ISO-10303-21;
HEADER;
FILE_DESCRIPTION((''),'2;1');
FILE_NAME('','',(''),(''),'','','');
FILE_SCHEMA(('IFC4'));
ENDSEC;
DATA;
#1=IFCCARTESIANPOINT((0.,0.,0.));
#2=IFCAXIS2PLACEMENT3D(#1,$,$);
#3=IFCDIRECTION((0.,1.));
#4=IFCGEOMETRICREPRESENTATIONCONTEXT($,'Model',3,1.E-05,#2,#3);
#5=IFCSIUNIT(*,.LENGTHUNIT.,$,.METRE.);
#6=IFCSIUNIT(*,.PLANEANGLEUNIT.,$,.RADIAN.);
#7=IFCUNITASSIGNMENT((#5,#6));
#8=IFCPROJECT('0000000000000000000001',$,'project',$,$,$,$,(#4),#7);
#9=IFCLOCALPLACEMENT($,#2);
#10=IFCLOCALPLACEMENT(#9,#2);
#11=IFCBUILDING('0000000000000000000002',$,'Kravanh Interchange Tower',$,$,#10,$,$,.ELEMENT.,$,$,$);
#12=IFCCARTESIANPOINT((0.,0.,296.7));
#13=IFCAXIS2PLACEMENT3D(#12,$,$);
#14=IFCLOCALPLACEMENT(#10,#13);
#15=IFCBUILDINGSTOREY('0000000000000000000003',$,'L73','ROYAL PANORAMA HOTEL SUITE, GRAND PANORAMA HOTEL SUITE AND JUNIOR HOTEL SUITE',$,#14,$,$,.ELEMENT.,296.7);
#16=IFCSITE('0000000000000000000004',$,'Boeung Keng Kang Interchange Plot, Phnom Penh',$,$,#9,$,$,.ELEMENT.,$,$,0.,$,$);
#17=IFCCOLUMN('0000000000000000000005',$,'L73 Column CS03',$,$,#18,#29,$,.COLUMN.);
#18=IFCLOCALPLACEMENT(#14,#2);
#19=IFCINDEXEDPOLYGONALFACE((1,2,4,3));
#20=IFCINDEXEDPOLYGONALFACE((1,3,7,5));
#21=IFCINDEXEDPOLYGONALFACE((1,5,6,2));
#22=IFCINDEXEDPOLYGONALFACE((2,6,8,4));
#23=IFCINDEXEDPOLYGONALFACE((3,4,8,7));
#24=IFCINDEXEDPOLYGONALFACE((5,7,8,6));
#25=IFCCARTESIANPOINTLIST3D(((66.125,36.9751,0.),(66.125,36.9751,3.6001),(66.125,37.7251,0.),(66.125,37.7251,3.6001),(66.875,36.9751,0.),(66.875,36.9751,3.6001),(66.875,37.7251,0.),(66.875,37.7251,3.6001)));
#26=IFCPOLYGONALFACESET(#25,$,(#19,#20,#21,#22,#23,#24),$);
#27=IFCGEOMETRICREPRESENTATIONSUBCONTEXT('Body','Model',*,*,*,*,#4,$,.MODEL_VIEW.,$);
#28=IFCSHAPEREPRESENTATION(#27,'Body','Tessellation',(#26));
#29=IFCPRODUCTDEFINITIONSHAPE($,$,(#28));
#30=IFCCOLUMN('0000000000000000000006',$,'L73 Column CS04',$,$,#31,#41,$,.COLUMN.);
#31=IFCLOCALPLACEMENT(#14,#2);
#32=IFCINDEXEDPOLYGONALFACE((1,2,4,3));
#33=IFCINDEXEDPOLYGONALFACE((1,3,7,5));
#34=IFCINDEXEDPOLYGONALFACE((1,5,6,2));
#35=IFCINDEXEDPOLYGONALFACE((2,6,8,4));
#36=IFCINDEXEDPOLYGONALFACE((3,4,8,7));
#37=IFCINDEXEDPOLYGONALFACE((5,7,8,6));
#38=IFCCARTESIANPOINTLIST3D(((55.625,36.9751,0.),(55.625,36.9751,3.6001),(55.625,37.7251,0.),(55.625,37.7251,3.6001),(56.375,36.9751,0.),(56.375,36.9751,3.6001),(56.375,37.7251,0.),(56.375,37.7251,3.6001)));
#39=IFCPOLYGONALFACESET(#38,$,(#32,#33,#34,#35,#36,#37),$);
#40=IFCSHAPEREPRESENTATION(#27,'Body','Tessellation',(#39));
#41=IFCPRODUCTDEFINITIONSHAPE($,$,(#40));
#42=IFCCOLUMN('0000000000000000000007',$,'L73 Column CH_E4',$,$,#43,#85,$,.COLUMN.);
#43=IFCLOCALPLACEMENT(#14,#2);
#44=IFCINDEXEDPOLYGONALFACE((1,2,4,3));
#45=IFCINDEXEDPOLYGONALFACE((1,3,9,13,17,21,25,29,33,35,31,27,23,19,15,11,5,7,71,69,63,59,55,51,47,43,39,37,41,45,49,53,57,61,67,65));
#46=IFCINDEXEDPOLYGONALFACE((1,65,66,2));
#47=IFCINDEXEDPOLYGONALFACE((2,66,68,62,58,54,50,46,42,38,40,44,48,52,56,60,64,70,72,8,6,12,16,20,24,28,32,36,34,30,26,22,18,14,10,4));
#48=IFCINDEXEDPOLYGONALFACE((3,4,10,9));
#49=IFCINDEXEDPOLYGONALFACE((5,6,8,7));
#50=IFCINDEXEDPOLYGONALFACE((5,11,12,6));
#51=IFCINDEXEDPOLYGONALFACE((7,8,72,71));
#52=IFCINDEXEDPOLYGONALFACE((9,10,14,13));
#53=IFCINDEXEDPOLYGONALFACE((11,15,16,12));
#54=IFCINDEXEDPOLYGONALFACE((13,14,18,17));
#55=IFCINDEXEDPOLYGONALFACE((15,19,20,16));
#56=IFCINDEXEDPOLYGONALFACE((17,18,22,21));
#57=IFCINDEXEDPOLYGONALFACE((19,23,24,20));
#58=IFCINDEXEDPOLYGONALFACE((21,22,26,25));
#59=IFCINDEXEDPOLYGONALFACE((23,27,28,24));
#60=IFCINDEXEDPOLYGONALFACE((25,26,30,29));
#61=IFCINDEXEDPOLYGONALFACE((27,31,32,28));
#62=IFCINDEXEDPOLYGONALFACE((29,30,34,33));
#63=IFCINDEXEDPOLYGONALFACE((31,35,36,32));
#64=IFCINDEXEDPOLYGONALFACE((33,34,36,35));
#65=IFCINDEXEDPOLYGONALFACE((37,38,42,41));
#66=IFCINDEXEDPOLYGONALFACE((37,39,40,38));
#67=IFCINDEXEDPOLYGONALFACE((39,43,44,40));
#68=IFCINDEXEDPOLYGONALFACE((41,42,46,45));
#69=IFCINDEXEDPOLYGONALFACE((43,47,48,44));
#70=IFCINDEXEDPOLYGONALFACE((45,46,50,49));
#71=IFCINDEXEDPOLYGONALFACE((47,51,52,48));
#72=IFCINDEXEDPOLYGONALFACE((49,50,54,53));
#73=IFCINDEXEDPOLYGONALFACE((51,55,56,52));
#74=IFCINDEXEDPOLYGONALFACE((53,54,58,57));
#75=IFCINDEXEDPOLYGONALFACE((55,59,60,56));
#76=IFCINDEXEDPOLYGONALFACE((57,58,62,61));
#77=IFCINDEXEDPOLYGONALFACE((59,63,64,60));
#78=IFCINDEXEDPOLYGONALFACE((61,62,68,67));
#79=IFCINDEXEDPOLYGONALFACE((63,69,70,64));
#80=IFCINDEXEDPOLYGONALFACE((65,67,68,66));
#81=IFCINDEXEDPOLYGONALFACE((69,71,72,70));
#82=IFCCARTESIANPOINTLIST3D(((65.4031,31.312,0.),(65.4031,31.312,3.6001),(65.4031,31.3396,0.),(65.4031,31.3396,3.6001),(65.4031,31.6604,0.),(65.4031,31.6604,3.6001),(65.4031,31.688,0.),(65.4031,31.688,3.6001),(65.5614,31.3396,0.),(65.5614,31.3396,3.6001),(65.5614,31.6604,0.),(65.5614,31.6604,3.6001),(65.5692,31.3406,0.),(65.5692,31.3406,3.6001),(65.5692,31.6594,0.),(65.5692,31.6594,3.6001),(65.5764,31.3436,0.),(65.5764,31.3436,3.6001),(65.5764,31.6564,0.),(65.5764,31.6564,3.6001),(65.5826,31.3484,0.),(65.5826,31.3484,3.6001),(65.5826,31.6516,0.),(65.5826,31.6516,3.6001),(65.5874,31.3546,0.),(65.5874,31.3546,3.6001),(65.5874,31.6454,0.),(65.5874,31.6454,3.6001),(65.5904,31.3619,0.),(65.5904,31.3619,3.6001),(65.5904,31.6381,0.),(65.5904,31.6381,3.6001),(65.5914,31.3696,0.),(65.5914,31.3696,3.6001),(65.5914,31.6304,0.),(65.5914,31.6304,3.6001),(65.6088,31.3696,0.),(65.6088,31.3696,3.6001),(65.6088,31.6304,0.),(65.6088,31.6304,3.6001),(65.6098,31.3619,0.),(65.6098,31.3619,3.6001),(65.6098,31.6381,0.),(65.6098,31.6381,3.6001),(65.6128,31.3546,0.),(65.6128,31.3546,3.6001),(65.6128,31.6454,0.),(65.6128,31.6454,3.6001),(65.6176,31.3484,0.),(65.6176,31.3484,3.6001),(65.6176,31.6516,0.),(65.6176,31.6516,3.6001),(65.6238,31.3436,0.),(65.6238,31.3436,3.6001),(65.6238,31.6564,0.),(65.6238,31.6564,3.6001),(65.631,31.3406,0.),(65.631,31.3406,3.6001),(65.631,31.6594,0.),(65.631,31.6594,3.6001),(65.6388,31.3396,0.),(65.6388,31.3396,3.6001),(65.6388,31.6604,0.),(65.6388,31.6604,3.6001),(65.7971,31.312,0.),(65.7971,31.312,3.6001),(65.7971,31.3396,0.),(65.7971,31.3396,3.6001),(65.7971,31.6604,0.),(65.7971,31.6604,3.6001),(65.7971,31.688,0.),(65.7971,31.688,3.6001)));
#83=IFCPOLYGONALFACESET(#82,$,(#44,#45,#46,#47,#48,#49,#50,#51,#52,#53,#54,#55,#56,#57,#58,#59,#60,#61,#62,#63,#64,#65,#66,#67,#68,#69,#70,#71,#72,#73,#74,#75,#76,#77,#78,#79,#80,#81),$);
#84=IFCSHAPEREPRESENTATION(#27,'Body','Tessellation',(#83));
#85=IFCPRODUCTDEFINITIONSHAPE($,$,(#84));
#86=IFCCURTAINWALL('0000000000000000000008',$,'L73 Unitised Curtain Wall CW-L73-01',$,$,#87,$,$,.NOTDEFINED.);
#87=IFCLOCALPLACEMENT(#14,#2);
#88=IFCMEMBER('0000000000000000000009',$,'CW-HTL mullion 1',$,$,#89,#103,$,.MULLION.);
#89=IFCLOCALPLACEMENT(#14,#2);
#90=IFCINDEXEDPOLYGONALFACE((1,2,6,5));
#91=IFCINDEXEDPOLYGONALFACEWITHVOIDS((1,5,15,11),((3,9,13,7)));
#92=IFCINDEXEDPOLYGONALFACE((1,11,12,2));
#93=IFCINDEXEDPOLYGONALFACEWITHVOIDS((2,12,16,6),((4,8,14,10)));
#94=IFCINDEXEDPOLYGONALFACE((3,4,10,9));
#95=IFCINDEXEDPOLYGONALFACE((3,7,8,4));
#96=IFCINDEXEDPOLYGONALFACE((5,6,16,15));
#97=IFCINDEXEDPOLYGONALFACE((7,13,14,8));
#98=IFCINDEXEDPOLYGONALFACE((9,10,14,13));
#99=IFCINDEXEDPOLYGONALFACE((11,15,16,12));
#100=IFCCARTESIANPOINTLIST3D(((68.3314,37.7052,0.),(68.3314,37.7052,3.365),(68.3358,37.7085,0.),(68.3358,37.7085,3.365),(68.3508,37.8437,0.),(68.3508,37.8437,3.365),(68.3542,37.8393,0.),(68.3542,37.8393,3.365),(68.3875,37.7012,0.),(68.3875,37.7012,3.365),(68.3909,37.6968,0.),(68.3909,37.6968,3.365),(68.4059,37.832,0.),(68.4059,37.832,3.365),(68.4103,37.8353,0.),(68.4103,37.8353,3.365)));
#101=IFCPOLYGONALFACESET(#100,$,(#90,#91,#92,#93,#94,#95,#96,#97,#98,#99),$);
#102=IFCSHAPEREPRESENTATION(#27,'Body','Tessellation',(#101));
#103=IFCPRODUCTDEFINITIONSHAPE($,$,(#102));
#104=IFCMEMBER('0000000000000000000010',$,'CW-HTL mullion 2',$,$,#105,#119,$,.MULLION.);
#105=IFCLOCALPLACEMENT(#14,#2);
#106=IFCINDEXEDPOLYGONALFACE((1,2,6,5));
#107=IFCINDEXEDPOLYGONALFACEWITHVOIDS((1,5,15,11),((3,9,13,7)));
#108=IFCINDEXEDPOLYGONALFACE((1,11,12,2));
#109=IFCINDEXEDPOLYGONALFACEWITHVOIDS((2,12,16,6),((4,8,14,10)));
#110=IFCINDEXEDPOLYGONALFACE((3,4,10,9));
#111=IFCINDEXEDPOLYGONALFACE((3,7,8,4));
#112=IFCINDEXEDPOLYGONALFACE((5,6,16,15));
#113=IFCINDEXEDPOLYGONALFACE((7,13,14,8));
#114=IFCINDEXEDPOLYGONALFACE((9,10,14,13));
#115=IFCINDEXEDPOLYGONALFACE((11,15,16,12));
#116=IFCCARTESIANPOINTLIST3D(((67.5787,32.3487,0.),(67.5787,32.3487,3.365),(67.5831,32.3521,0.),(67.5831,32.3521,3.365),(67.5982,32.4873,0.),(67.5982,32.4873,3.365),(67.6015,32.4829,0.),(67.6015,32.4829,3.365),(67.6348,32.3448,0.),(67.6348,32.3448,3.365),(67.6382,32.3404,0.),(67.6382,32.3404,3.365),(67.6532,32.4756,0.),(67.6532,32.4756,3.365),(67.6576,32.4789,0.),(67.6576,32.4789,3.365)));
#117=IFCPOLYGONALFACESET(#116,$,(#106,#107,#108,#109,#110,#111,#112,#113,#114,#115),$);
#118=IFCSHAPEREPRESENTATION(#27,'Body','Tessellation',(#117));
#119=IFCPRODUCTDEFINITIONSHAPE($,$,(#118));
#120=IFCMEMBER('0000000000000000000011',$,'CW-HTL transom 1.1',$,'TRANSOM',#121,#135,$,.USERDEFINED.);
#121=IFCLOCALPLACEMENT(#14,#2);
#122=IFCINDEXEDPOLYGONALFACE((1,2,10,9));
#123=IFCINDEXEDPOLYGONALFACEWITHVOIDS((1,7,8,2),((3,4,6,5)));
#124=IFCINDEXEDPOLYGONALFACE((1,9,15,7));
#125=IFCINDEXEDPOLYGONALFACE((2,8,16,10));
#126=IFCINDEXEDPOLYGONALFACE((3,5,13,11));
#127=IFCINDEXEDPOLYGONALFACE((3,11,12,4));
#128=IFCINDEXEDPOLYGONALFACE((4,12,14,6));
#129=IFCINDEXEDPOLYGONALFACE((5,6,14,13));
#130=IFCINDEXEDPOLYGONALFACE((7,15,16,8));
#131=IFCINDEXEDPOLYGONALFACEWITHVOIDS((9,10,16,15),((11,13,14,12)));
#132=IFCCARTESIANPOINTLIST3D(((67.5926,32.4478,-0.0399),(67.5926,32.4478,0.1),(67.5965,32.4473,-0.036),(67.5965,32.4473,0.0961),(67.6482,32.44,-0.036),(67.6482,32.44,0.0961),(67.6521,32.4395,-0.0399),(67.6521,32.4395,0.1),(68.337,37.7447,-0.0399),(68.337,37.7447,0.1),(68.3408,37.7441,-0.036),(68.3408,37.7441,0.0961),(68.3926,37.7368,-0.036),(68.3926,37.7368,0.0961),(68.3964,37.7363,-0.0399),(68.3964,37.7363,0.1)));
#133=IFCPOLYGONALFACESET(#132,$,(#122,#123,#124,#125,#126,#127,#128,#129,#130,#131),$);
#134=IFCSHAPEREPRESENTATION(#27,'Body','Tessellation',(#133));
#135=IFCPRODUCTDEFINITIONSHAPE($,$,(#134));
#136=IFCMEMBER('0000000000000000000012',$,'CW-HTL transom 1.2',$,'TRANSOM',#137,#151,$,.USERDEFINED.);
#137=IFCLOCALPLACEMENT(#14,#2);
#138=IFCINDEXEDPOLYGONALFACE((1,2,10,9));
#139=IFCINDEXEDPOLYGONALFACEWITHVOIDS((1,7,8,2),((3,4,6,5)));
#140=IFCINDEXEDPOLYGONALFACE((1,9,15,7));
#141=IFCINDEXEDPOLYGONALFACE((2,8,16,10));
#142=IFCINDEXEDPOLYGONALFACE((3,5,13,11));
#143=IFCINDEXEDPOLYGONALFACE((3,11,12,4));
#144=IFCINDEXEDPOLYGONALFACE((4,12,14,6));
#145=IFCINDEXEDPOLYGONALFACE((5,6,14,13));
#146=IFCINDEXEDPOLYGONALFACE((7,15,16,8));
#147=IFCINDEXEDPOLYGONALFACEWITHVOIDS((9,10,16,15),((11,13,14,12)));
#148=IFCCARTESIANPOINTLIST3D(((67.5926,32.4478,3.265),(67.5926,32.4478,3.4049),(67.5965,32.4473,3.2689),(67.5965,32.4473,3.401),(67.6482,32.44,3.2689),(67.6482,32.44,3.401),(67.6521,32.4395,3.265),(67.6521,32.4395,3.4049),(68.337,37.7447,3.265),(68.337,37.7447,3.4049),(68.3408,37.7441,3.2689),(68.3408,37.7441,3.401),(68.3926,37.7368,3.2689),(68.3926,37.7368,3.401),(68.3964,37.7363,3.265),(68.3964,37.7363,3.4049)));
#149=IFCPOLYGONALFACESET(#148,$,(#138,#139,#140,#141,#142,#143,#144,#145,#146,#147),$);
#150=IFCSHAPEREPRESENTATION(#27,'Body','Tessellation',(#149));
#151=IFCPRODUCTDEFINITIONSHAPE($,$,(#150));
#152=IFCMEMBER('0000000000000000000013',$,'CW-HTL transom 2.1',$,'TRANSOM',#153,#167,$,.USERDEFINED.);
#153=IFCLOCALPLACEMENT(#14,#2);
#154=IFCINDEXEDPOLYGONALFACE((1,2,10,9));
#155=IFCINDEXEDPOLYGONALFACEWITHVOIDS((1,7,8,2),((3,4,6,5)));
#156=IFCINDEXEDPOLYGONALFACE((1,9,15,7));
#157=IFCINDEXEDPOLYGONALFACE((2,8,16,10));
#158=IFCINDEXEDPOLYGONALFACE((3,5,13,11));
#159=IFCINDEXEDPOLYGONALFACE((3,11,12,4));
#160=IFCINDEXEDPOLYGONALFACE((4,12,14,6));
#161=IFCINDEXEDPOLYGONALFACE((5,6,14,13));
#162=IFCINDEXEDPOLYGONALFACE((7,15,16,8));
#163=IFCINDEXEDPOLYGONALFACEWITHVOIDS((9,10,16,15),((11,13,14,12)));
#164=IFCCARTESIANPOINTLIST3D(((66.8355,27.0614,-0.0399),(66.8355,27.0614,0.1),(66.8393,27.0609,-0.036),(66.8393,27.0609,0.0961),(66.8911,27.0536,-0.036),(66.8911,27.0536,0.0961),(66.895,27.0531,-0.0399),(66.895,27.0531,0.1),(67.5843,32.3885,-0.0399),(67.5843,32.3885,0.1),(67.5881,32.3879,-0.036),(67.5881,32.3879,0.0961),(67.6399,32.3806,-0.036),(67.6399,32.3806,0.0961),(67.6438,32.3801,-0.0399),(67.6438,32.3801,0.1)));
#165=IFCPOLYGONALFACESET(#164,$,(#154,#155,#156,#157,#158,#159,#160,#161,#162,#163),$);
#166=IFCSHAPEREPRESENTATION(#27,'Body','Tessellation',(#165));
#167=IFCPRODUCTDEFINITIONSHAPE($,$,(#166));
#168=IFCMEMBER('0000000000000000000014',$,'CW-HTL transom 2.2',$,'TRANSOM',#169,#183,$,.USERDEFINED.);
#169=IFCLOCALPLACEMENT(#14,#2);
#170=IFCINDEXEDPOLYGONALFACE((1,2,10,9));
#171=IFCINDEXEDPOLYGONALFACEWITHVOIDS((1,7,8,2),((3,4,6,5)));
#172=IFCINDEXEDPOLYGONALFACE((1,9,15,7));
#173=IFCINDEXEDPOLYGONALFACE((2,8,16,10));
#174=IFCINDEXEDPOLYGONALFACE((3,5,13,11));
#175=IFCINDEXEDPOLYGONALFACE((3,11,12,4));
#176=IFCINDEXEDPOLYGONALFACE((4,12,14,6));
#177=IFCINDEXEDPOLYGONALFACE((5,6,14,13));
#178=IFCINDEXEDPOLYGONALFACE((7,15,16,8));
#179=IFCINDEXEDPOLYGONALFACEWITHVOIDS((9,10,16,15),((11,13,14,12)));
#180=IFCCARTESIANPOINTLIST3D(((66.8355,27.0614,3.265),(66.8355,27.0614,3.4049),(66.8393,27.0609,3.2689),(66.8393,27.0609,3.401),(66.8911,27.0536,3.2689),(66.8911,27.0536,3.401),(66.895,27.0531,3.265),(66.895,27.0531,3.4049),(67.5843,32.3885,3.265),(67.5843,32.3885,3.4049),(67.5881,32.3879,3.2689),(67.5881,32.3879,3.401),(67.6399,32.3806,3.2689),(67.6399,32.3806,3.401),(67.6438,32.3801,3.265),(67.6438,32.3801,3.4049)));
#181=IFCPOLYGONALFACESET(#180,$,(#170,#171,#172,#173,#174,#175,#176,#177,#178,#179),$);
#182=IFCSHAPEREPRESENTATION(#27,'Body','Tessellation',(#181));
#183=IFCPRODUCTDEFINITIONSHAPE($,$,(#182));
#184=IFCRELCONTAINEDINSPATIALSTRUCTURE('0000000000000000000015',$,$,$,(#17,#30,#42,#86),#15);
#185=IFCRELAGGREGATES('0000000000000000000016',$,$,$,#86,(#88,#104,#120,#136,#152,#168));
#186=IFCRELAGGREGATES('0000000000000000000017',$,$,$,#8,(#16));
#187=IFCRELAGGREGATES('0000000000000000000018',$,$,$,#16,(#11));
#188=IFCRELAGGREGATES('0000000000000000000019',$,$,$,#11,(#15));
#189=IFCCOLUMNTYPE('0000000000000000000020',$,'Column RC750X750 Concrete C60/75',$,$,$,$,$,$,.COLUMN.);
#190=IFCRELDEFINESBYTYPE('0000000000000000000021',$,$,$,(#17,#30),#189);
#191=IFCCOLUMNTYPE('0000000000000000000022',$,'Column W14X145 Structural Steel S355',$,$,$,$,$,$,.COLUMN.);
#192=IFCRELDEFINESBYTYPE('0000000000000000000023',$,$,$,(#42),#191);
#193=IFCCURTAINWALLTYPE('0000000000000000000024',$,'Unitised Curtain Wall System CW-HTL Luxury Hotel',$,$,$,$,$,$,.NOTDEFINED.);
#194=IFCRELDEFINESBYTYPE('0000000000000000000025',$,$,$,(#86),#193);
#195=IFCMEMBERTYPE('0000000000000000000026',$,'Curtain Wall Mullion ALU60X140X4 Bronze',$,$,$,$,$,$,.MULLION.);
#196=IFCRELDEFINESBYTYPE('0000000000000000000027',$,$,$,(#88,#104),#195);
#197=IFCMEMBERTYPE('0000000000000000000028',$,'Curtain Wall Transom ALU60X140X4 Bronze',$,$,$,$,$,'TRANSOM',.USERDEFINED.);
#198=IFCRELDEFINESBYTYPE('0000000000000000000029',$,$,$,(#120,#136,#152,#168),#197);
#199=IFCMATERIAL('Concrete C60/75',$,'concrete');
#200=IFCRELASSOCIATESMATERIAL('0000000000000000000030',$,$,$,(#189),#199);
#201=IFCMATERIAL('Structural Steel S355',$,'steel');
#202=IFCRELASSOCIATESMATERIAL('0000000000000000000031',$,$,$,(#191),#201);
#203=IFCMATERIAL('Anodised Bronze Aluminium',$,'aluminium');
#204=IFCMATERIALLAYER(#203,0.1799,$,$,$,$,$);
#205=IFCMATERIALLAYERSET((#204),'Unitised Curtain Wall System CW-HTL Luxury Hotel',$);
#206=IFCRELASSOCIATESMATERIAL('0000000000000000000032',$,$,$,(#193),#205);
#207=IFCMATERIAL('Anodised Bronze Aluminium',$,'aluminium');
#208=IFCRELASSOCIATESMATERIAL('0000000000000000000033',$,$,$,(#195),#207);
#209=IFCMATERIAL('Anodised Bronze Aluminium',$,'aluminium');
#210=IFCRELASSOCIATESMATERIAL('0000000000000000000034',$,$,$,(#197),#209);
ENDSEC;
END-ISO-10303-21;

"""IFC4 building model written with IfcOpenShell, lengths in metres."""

from ifc_helpers import new_model, si_unit, direction, frame, origin, origin_2d, place, context, subcontext, project, spatial, rectangle, hollow_rectangle, i_section, extrude, material, layer, layer_set, material_profile, profile_set, type_object, element, aggregate, save


model = new_model("IFC4")

# Units and contexts
model_context = context("Model", 3, precision=1e-05, world=origin(), true_north=direction((0.0, 1.0)))
body_context = subcontext(model_context, "Body", "Model", "MODEL_VIEW")
ifc_project = project(units=[si_unit("LENGTHUNIT", "METRE"), si_unit("PLANEANGLEUNIT", "RADIAN")], contexts=[model_context])

# Site, building, storey
site_placement = place(None, origin())
site = spatial("IfcSite", under=ifc_project, at=site_placement, Name="Boeung Keng Kang Interchange Plot, Phnom Penh", CompositionType="ELEMENT", RefElevation=0.0)
building_placement = place(site_placement, origin())
building = spatial("IfcBuilding", under=site, at=building_placement, Name="Kravanh Interchange Tower", CompositionType="ELEMENT")
storey_placement = place(building_placement, frame((0.0, 0.0, 296.7)))
storey = spatial("IfcBuildingStorey", under=building, at=storey_placement, Name="L73", Description="ROYAL PANORAMA HOTEL SUITE, GRAND PANORAMA HOTEL SUITE AND JUNIOR HOTEL SUITE", CompositionType="ELEMENT", Elevation=296.7)

# Columns
ifc_material_1 = material(Name="Concrete C60/75", Category="concrete")
ifc_material_profile_1 = material_profile(ifc_material_1, rectangle(XDim=0.75, YDim=0.75, at=origin_2d()), Name="RC750X750")
ifc_profile_set_1 = profile_set([ifc_material_profile_1], Name="Concrete C60/75")
column_type_1 = type_object("IfcColumnType", Name="Column RC750X750 Concrete C60/75", PredefinedType="COLUMN", material=ifc_profile_set_1)
for number, where, z_axis, x_axis, name in (
    (1, (66.5, 37.3501, 0.0), (0.0, 0.0, 1.0), (1.0, 0.0, 0.0), "L73 Column CS03"),
    (2, (56.0, 37.3501, 0.0), (0.0, 0.0, 1.0), (1.0, 0.0, 0.0), "L73 Column CS04"),
):
    element("IfcColumn", number, at=place(storey_placement, frame(where, z_axis=z_axis, x_axis=x_axis)), inside=storey, type_object=column_type_1, Name=name, PredefinedType="COLUMN", context=body_context, shape_type="SweptSolid", body=[
        extrude(rectangle(XDim=0.75, YDim=0.75, at=origin_2d()), origin(), (0.0, 0.0, 1.0), 3.6001),
    ])
ifc_material_2 = material(Name="Structural Steel S355", Category="steel")
ifc_material_profile_2 = material_profile(ifc_material_2, i_section(OverallWidth=0.394, OverallDepth=0.376, WebThickness=0.0173, FlangeThickness=0.0276, FilletRadius=0.03, at=origin_2d()), Name="W14X145")
ifc_profile_set_2 = profile_set([ifc_material_profile_2], Name="Structural Steel S355")
column_type_2 = type_object("IfcColumnType", Name="Column W14X145 Structural Steel S355", PredefinedType="COLUMN", material=ifc_profile_set_2)
column_placement = place(storey_placement, frame((65.6001, 31.5, 0.0), z_axis=(0.0, 0.0, 1.0), x_axis=(1.0, 0.0, 0.0)))
element("IfcColumn", 3, at=column_placement, inside=storey, type_object=column_type_2, Name="L73 Column CH_E4", PredefinedType="COLUMN", context=body_context, shape_type="SweptSolid", body=[
    extrude(i_section(OverallWidth=0.394, OverallDepth=0.376, WebThickness=0.0173, FlangeThickness=0.0276, FilletRadius=0.03, at=origin_2d()), origin(), (0.0, 0.0, 1.0), 3.6001),
])

# Curtain wall, members
ifc_material_3 = material(Name="Anodised Bronze Aluminium", Category="aluminium")
ifc_layer_1 = layer(ifc_material_3, 0.1799)
ifc_layer_set_1 = layer_set([ifc_layer_1], Name="Unitised Curtain Wall System CW-HTL Luxury Hotel")
curtain_wall_type = type_object("IfcCurtainWallType", Name="Unitised Curtain Wall System CW-HTL Luxury Hotel", PredefinedType="NOTDEFINED", material=ifc_layer_set_1)
curtain_wall_placement = place(storey_placement, origin())
curtain_wall = element("IfcCurtainWall", 4, at=curtain_wall_placement, inside=storey, type_object=curtain_wall_type, Name="L73 Unitised Curtain Wall CW-L73-01", PredefinedType="NOTDEFINED")
ifc_material_4 = material(Name="Anodised Bronze Aluminium", Category="aluminium")
ifc_material_profile_3 = material_profile(ifc_material_4, hollow_rectangle(XDim=0.0601, YDim=0.1399, WallThickness=0.0039, at=origin_2d()), Name="ALU60X140X4")
ifc_profile_set_3 = profile_set([ifc_material_profile_3], Name="Anodised Bronze Aluminium")
member_type_1 = type_object("IfcMemberType", Name="Curtain Wall Mullion ALU60X140X4 Bronze", PredefinedType="MULLION", material=ifc_profile_set_3)
member_1_placement = place(storey_placement, frame((68.3708, 37.7703, 0.0), z_axis=(0.0, 0.0, 1.0), x_axis=(0.990267, -0.139178, 0.0)))
member_1 = element("IfcMember", 5, at=member_1_placement, type_object=member_type_1, Name="CW-HTL mullion 1", PredefinedType="MULLION", context=body_context, shape_type="SweptSolid", body=[
    extrude(hollow_rectangle(XDim=0.0601, YDim=0.1399, WallThickness=0.0039, at=origin_2d()), origin(), (0.0, 0.0, 1.0), 3.365),
])
member_2_placement = place(storey_placement, frame((67.6182, 32.4138, 0.0), z_axis=(0.0, 0.0, 1.0), x_axis=(0.990267, -0.139178, 0.0)))
member_2 = element("IfcMember", 6, at=member_2_placement, type_object=member_type_1, Name="CW-HTL mullion 2", PredefinedType="MULLION", context=body_context, shape_type="SweptSolid", body=[
    extrude(hollow_rectangle(XDim=0.0601, YDim=0.1399, WallThickness=0.0039, at=origin_2d()), origin(), (0.0, 0.0, 1.0), 3.365),
])
ifc_material_5 = material(Name="Anodised Bronze Aluminium", Category="aluminium")
ifc_material_profile_4 = material_profile(ifc_material_5, hollow_rectangle(XDim=0.0601, YDim=0.1399, WallThickness=0.0039, at=origin_2d()), Name="ALU60X140X4")
ifc_profile_set_4 = profile_set([ifc_material_profile_4], Name="Anodised Bronze Aluminium")
member_type_2 = type_object("IfcMemberType", Name="Curtain Wall Transom ALU60X140X4 Bronze", ElementType="TRANSOM", PredefinedType="USERDEFINED", material=ifc_profile_set_4)
member_3_placement = place(storey_placement, frame((68.3667, 37.7405, 0.03), z_axis=(-0.139165, -0.990269, 0.0), x_axis=(0.990269, -0.139165, 0.0)))
member_3 = element("IfcMember", 7, at=member_3_placement, type_object=member_type_2, Name="CW-HTL transom 1.1", ObjectType="TRANSOM", PredefinedType="USERDEFINED", context=body_context, shape_type="SweptSolid", body=[
    extrude(hollow_rectangle(XDim=0.0601, YDim=0.1399, WallThickness=0.0039, at=origin_2d()), origin(), (0.0, 0.0, 1.0), 5.3489),
])
member_4_placement = place(storey_placement, frame((68.3667, 37.7405, 3.335), z_axis=(-0.139165, -0.990269, 0.0), x_axis=(0.990269, -0.139165, 0.0)))
member_4 = element("IfcMember", 8, at=member_4_placement, type_object=member_type_2, Name="CW-HTL transom 1.2", ObjectType="TRANSOM", PredefinedType="USERDEFINED", context=body_context, shape_type="SweptSolid", body=[
    extrude(hollow_rectangle(XDim=0.0601, YDim=0.1399, WallThickness=0.0039, at=origin_2d()), origin(), (0.0, 0.0, 1.0), 5.3489),
])
member_5_placement = place(storey_placement, frame((67.614, 32.3843, 0.03), z_axis=(-0.139197, -0.990265, 0.0), x_axis=(0.990265, -0.139197, 0.0)))
member_5 = element("IfcMember", 9, at=member_5_placement, type_object=member_type_2, Name="CW-HTL transom 2.1", ObjectType="TRANSOM", PredefinedType="USERDEFINED", context=body_context, shape_type="SweptSolid", body=[
    extrude(hollow_rectangle(XDim=0.0601, YDim=0.1399, WallThickness=0.0039, at=origin_2d()), origin(), (0.0, 0.0, 1.0), 5.3794),
])
member_6_placement = place(storey_placement, frame((67.614, 32.3843, 3.335), z_axis=(-0.139197, -0.990265, 0.0), x_axis=(0.990265, -0.139197, 0.0)))
member_6 = element("IfcMember", 10, at=member_6_placement, type_object=member_type_2, Name="CW-HTL transom 2.2", ObjectType="TRANSOM", PredefinedType="USERDEFINED", context=body_context, shape_type="SweptSolid", body=[
    extrude(hollow_rectangle(XDim=0.0601, YDim=0.1399, WallThickness=0.0039, at=origin_2d()), origin(), (0.0, 0.0, 1.0), 5.3794),
])

aggregate(curtain_wall, [member_1, member_2, member_3, member_4, member_5, member_6])

save(model, "model.ifc")
